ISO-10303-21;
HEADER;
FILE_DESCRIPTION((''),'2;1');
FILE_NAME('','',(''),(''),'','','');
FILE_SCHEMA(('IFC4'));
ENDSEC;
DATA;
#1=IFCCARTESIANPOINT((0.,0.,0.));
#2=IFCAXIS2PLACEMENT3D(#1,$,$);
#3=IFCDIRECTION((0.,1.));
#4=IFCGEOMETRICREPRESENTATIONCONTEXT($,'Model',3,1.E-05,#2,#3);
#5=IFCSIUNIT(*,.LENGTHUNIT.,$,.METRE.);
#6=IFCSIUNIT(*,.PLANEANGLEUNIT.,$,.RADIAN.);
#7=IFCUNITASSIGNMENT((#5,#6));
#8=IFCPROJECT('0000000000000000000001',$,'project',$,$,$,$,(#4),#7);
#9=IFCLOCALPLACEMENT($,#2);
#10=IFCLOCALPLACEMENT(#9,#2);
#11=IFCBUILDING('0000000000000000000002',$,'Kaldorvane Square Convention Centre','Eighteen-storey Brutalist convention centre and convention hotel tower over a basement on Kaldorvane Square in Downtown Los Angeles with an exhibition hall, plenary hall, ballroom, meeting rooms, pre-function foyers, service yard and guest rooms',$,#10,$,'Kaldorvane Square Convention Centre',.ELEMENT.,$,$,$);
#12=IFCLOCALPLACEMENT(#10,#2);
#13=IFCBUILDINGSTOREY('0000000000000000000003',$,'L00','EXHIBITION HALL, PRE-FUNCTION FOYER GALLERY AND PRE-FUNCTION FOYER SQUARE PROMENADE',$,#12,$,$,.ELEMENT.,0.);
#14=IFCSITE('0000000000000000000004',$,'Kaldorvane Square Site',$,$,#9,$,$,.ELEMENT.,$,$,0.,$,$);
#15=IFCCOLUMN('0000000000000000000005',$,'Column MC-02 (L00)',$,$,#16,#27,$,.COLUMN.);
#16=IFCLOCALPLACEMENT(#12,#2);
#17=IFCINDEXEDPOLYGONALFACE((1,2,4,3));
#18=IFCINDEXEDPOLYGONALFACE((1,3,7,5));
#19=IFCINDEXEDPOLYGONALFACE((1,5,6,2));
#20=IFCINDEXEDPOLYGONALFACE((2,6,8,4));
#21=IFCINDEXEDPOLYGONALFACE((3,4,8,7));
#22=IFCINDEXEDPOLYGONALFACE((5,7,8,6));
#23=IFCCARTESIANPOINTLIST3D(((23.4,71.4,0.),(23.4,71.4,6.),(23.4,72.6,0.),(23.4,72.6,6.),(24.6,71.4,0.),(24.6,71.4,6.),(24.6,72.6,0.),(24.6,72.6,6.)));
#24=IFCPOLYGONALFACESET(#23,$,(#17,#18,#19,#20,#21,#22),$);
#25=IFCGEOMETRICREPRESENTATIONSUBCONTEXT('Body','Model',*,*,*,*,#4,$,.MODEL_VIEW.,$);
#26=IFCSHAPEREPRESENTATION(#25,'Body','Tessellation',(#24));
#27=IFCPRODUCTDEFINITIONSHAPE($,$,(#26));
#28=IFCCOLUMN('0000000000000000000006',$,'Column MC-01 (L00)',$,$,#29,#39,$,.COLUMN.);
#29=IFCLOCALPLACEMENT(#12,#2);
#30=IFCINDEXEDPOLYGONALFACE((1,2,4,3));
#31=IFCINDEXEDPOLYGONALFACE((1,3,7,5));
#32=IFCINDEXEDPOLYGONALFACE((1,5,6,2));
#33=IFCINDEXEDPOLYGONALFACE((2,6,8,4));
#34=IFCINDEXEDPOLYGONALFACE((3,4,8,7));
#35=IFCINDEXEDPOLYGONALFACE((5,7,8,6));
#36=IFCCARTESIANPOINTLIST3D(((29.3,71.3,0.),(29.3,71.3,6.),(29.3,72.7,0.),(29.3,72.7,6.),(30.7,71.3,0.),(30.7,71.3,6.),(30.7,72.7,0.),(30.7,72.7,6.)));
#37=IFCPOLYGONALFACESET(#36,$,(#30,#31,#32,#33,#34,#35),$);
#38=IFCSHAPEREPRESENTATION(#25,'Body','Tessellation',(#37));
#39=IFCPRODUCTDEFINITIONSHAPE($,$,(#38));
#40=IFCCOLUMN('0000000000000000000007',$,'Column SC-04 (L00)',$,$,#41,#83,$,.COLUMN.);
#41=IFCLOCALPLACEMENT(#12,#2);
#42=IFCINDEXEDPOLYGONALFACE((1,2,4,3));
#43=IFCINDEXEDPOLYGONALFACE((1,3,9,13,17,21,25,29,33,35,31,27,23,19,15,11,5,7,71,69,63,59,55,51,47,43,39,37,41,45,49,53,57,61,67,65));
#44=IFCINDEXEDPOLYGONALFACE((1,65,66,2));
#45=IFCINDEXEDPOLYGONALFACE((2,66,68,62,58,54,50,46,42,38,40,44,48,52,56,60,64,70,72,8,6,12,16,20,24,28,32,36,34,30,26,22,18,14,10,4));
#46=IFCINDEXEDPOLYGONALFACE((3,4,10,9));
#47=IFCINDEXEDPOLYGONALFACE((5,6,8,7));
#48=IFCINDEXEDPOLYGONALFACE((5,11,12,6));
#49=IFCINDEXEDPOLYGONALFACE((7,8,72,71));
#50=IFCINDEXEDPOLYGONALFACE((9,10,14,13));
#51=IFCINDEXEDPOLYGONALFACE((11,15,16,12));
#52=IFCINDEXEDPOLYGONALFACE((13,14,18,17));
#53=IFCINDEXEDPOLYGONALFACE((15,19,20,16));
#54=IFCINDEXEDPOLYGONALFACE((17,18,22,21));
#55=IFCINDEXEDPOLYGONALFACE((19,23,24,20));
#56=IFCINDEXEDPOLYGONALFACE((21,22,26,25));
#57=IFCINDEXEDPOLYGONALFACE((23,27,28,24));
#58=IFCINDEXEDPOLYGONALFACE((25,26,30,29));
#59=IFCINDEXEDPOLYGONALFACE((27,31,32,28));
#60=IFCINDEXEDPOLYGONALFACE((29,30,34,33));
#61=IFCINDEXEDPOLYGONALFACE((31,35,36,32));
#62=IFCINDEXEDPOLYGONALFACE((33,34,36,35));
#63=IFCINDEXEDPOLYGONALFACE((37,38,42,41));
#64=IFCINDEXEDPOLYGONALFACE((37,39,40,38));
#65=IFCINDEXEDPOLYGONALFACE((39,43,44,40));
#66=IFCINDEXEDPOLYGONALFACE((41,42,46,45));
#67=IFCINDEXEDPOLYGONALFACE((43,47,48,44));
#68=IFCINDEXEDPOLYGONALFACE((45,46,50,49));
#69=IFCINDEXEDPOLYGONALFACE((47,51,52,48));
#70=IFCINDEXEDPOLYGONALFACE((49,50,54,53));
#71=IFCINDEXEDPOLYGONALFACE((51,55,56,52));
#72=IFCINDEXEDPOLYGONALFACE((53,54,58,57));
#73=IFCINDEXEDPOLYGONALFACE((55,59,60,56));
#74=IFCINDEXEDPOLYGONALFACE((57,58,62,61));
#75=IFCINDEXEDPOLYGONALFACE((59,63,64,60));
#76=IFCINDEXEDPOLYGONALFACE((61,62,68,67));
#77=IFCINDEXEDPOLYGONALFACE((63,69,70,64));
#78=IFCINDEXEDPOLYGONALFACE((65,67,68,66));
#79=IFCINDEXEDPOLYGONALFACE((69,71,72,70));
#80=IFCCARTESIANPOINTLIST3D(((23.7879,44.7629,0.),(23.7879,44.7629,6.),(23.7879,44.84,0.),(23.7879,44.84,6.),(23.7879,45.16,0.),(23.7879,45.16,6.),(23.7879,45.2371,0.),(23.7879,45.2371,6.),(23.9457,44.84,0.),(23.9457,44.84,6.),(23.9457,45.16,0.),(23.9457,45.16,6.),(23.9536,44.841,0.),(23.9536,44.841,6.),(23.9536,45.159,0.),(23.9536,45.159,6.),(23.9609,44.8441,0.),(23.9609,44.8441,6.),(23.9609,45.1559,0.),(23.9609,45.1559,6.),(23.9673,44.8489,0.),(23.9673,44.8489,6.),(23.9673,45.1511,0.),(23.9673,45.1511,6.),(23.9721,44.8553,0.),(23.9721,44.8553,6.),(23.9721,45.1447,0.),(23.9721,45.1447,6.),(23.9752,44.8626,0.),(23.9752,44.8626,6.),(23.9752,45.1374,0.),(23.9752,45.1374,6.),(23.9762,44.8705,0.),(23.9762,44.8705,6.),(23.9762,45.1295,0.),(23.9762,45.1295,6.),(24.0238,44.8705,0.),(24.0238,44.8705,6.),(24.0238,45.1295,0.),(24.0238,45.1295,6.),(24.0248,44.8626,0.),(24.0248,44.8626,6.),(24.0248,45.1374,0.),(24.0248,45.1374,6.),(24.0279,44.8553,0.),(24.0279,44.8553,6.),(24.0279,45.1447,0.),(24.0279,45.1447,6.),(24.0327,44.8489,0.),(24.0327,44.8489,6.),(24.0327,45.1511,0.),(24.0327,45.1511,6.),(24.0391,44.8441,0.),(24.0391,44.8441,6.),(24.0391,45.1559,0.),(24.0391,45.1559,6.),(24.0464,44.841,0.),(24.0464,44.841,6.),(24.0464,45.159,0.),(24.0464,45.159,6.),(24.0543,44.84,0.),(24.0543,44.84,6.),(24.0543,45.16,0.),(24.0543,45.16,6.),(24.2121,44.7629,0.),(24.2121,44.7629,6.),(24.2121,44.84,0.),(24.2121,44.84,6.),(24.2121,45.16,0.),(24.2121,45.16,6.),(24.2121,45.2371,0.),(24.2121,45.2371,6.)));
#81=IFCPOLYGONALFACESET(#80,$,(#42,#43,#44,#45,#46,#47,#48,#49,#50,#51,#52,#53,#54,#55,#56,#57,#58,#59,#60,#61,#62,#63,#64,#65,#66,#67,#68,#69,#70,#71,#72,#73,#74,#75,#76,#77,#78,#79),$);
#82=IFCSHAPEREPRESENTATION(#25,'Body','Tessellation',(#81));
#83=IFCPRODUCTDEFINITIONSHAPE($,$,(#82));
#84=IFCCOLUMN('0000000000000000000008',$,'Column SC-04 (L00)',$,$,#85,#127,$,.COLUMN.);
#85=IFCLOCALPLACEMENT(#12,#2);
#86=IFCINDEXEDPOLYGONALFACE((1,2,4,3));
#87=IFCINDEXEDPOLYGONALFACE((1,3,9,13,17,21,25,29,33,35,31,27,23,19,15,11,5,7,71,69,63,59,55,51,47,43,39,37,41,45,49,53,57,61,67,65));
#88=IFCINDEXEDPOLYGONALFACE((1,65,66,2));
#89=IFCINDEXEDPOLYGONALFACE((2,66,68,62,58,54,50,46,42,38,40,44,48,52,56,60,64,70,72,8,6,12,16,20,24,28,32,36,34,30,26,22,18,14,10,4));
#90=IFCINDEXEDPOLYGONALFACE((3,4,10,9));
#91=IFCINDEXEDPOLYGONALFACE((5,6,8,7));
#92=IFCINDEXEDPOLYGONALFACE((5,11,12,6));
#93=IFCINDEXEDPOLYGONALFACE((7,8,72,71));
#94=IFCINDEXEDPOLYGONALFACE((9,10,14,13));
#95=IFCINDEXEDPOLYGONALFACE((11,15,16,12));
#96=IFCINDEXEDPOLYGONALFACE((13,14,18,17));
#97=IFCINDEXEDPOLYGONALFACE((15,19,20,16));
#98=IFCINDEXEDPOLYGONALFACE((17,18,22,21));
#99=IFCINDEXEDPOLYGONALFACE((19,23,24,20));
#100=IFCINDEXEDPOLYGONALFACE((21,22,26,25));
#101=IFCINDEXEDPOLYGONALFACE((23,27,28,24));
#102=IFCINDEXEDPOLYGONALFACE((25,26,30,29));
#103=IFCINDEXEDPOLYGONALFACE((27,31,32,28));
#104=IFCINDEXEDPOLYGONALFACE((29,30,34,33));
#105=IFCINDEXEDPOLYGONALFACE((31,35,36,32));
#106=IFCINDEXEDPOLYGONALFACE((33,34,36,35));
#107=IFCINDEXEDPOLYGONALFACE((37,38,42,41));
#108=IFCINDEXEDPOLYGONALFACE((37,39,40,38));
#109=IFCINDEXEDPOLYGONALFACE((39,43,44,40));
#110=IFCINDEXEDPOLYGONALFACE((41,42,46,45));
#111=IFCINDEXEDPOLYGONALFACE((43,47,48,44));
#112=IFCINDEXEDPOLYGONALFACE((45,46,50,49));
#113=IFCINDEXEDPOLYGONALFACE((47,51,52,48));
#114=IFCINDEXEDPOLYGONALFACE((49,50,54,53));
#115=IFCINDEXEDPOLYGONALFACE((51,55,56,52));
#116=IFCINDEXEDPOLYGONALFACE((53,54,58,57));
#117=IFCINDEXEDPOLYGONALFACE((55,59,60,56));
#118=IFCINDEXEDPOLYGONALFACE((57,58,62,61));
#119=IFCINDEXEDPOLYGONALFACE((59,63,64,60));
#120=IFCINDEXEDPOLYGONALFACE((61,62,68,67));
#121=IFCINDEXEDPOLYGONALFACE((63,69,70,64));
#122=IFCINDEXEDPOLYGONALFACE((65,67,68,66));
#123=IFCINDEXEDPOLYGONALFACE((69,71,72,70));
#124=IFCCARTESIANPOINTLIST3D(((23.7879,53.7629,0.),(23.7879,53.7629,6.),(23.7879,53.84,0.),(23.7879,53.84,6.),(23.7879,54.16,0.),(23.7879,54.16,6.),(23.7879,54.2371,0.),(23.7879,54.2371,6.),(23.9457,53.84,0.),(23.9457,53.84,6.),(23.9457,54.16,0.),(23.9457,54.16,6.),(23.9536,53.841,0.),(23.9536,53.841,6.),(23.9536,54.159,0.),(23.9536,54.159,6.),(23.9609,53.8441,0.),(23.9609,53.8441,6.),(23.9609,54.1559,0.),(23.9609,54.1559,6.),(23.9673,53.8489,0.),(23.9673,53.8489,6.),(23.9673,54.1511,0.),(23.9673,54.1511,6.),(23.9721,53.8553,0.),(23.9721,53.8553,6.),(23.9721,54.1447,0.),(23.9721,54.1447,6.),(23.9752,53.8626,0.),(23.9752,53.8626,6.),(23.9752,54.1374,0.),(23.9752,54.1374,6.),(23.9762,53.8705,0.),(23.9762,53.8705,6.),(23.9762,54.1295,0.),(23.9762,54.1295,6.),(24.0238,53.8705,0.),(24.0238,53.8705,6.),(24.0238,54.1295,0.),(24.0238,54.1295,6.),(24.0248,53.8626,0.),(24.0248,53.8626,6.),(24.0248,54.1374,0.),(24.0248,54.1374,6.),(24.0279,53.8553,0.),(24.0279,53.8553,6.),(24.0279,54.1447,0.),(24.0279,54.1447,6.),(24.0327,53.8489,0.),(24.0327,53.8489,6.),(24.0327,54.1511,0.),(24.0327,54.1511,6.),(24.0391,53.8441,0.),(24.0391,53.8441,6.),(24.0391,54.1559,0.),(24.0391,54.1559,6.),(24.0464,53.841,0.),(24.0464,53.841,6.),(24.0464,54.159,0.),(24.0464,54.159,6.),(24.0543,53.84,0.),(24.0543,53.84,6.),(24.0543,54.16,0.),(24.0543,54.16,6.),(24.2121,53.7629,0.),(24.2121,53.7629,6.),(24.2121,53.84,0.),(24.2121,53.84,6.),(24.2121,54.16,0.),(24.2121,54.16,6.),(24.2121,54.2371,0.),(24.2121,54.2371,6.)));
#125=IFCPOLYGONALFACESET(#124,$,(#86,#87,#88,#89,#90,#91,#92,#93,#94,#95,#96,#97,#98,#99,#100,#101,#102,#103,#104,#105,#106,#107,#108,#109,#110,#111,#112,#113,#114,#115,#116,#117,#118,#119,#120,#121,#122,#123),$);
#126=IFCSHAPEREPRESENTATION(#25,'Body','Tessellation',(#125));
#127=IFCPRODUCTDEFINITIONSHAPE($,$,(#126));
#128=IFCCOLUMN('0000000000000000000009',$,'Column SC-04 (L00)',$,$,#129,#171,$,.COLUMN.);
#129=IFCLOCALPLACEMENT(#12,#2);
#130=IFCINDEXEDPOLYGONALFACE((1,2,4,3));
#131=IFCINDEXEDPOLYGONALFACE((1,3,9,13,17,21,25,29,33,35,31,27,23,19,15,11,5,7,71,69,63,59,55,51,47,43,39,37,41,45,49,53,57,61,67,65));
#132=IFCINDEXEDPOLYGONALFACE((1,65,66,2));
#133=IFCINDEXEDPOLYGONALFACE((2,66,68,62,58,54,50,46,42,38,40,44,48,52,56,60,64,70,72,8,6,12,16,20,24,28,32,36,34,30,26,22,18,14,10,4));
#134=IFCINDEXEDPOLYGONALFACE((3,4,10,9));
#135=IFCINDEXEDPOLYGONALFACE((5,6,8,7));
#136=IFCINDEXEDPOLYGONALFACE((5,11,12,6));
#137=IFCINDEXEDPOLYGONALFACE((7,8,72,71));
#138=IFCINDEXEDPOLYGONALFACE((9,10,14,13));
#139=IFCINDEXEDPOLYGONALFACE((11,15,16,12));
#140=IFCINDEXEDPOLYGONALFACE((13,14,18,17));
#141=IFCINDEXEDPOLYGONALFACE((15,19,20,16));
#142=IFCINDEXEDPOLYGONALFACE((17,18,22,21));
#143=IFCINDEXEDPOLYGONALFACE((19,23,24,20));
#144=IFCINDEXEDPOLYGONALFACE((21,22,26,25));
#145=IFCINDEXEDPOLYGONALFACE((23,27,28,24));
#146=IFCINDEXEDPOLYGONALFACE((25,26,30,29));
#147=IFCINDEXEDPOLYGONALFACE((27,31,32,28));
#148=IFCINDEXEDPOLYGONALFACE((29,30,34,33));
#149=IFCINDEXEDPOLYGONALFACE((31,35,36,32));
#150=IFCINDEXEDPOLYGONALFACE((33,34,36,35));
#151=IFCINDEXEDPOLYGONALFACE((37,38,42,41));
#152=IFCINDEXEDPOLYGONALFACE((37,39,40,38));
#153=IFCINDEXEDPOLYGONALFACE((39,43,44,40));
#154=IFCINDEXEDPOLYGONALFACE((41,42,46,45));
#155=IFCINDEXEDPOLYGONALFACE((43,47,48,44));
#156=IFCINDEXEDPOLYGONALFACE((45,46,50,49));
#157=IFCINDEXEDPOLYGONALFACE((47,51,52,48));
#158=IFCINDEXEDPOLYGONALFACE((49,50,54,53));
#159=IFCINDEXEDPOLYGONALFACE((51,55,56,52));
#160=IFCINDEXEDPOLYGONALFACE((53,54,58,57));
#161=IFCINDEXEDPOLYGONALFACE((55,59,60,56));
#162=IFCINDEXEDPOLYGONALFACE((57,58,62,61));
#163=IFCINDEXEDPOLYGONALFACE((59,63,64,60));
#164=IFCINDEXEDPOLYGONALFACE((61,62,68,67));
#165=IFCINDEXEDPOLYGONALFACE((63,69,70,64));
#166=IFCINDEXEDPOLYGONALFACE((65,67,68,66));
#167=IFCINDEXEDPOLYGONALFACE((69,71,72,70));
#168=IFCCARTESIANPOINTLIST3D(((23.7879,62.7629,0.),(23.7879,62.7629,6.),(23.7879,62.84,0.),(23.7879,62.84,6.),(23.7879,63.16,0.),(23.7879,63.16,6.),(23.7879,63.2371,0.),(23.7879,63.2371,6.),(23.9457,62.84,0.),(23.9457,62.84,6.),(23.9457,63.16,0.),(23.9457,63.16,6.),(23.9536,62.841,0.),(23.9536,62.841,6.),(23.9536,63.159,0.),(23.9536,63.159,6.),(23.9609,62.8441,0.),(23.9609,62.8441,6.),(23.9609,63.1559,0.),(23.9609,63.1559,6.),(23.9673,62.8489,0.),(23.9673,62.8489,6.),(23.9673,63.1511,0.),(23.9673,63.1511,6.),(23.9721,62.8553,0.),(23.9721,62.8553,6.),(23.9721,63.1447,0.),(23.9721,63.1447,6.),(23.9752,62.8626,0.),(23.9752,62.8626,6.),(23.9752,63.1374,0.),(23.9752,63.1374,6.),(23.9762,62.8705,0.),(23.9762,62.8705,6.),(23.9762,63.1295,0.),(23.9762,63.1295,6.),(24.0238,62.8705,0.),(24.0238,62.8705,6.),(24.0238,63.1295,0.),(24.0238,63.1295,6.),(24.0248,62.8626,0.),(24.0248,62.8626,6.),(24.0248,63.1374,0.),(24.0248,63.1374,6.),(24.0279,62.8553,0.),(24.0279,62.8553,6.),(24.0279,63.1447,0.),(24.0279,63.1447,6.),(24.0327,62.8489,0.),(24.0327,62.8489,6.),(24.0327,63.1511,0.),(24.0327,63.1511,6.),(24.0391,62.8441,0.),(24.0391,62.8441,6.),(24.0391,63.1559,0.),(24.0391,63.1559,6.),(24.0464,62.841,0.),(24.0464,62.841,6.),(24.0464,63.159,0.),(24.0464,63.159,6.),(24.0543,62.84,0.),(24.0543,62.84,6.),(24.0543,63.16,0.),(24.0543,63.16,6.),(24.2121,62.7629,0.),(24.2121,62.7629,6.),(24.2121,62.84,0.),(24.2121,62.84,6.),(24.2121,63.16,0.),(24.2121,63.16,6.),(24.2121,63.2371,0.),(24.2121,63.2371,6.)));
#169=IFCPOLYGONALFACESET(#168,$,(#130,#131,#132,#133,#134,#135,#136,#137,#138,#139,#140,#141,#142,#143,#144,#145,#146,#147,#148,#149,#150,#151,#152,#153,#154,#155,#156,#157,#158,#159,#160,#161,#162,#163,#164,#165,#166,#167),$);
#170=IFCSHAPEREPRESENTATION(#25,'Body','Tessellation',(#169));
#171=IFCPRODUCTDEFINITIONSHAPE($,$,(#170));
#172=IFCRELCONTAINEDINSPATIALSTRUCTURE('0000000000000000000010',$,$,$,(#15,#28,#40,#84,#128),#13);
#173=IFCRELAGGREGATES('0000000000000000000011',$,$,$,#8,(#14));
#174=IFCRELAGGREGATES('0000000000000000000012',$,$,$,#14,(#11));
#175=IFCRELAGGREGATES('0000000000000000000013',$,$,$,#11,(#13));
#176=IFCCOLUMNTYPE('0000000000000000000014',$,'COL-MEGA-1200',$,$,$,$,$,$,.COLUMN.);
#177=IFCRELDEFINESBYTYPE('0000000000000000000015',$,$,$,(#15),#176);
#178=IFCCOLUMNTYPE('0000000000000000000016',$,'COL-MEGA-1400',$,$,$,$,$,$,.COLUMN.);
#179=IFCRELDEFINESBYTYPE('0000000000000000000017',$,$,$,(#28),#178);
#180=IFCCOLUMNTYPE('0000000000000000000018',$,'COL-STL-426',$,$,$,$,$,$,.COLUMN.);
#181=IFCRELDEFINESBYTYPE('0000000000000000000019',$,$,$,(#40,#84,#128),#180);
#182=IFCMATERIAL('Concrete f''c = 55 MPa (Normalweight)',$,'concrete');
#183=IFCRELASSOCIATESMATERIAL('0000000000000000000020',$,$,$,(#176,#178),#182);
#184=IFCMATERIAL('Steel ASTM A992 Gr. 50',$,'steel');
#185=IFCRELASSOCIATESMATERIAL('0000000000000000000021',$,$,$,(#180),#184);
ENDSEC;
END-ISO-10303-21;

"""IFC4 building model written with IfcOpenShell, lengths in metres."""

from ifc_helpers import new_model, si_unit, direction, frame, origin, origin_2d, place, context, subcontext, project, spatial, rectangle, i_section, extrude, material, material_profile, profile_set, type_object, element, save


model = new_model("IFC4")

# Units and contexts
model_context = context("Model", 3, precision=1e-05, world=origin(), true_north=direction((0.0, 1.0)))
body_context = subcontext(model_context, "Body", "Model", "MODEL_VIEW")
ifc_project = project(units=[si_unit("LENGTHUNIT", "METRE"), si_unit("PLANEANGLEUNIT", "RADIAN")], contexts=[model_context])

# Site, building, storey
site_placement = place(None, origin())
site = spatial("IfcSite", under=ifc_project, at=site_placement, Name="Kaldorvane Square Site", CompositionType="ELEMENT", RefElevation=0.0)
building_placement = place(site_placement, origin())
building = spatial("IfcBuilding", under=site, at=building_placement, Name="Kaldorvane Square Convention Centre", Description="Eighteen-storey Brutalist convention centre and convention hotel tower over a basement on Kaldorvane Square in Downtown Los Angeles with an exhibition hall, plenary hall, ballroom, meeting rooms, pre-function foyers, service yard and guest rooms", LongName="Kaldorvane Square Convention Centre", CompositionType="ELEMENT")
storey_placement = place(building_placement, origin())
storey = spatial("IfcBuildingStorey", under=building, at=storey_placement, Name="L00", Description="EXHIBITION HALL, PRE-FUNCTION FOYER GALLERY AND PRE-FUNCTION FOYER SQUARE PROMENADE", CompositionType="ELEMENT", Elevation=0.0)

# Columns
ifc_material_1 = material(Name="Concrete f'c = 55 MPa (Normalweight)", Category="concrete")
ifc_material_profile_1 = material_profile(ifc_material_1, rectangle(XDim=1.2, YDim=1.2, at=origin_2d()), Name="RC1200X1200")
ifc_profile_set_1 = profile_set([ifc_material_profile_1], Name="Concrete f'c = 55 MPa (Normalweight)")
column_type_1 = type_object("IfcColumnType", Name="COL-MEGA-1200", PredefinedType="COLUMN", material=ifc_profile_set_1)
column_1_placement = place(storey_placement, frame((24.0, 72.0, 0.0), z_axis=(0.0, 0.0, 1.0), x_axis=(1.0, 0.0, 0.0)))
element("IfcColumn", 1, at=column_1_placement, inside=storey, type_object=column_type_1, Name="Column MC-02 (L00)", PredefinedType="COLUMN", context=body_context, shape_type="SweptSolid", body=[
    extrude(rectangle(XDim=1.2, YDim=1.2, at=origin_2d()), origin(), (0.0, 0.0, 1.0), 6.0),
])
ifc_material_profile_2 = material_profile(ifc_material_1, rectangle(XDim=1.4, YDim=1.4, at=origin_2d()), Name="RC1400X1400")
ifc_profile_set_2 = profile_set([ifc_material_profile_2], Name="Concrete f'c = 55 MPa (Normalweight)")
column_type_2 = type_object("IfcColumnType", Name="COL-MEGA-1400", PredefinedType="COLUMN", material=ifc_profile_set_2)
column_2_placement = place(storey_placement, frame((30.0, 72.0, 0.0), z_axis=(0.0, 0.0, 1.0), x_axis=(1.0, 0.0, 0.0)))
element("IfcColumn", 2, at=column_2_placement, inside=storey, type_object=column_type_2, Name="Column MC-01 (L00)", PredefinedType="COLUMN", context=body_context, shape_type="SweptSolid", body=[
    extrude(rectangle(XDim=1.4, YDim=1.4, at=origin_2d()), origin(), (0.0, 0.0, 1.0), 6.0),
])
ifc_material_2 = material(Name="Steel ASTM A992 Gr. 50", Category="steel")
ifc_material_profile_3 = material_profile(ifc_material_2, i_section(OverallWidth=0.4241, OverallDepth=0.4742, WebThickness=0.0476, FlangeThickness=0.0771, FilletRadius=0.0305, at=origin_2d()), Name="W14X426")
ifc_profile_set_3 = profile_set([ifc_material_profile_3], Name="Steel ASTM A992 Gr. 50")
column_type_3 = type_object("IfcColumnType", Name="COL-STL-426", PredefinedType="COLUMN", material=ifc_profile_set_3)
for number, where, z_axis, x_axis, name in (
    (3, (24.0, 45.0, 0.0), (0.0, 0.0, 1.0), (1.0, 0.0, 0.0), "Column SC-04 (L00)"),
    (4, (24.0, 54.0, 0.0), (0.0, 0.0, 1.0), (1.0, 0.0, 0.0), "Column SC-04 (L00)"),
    (5, (24.0, 63.0, 0.0), (0.0, 0.0, 1.0), (1.0, 0.0, 0.0), "Column SC-04 (L00)"),
):
    element("IfcColumn", number, at=place(storey_placement, frame(where, z_axis=z_axis, x_axis=x_axis)), inside=storey, type_object=column_type_3, Name=name, PredefinedType="COLUMN", context=body_context, shape_type="SweptSolid", body=[
        extrude(i_section(OverallWidth=0.4241, OverallDepth=0.4742, WebThickness=0.0476, FlangeThickness=0.0771, FilletRadius=0.0305, at=origin_2d()), origin(), (0.0, 0.0, 1.0), 6.0),
    ])

save(model, "model.ifc")
